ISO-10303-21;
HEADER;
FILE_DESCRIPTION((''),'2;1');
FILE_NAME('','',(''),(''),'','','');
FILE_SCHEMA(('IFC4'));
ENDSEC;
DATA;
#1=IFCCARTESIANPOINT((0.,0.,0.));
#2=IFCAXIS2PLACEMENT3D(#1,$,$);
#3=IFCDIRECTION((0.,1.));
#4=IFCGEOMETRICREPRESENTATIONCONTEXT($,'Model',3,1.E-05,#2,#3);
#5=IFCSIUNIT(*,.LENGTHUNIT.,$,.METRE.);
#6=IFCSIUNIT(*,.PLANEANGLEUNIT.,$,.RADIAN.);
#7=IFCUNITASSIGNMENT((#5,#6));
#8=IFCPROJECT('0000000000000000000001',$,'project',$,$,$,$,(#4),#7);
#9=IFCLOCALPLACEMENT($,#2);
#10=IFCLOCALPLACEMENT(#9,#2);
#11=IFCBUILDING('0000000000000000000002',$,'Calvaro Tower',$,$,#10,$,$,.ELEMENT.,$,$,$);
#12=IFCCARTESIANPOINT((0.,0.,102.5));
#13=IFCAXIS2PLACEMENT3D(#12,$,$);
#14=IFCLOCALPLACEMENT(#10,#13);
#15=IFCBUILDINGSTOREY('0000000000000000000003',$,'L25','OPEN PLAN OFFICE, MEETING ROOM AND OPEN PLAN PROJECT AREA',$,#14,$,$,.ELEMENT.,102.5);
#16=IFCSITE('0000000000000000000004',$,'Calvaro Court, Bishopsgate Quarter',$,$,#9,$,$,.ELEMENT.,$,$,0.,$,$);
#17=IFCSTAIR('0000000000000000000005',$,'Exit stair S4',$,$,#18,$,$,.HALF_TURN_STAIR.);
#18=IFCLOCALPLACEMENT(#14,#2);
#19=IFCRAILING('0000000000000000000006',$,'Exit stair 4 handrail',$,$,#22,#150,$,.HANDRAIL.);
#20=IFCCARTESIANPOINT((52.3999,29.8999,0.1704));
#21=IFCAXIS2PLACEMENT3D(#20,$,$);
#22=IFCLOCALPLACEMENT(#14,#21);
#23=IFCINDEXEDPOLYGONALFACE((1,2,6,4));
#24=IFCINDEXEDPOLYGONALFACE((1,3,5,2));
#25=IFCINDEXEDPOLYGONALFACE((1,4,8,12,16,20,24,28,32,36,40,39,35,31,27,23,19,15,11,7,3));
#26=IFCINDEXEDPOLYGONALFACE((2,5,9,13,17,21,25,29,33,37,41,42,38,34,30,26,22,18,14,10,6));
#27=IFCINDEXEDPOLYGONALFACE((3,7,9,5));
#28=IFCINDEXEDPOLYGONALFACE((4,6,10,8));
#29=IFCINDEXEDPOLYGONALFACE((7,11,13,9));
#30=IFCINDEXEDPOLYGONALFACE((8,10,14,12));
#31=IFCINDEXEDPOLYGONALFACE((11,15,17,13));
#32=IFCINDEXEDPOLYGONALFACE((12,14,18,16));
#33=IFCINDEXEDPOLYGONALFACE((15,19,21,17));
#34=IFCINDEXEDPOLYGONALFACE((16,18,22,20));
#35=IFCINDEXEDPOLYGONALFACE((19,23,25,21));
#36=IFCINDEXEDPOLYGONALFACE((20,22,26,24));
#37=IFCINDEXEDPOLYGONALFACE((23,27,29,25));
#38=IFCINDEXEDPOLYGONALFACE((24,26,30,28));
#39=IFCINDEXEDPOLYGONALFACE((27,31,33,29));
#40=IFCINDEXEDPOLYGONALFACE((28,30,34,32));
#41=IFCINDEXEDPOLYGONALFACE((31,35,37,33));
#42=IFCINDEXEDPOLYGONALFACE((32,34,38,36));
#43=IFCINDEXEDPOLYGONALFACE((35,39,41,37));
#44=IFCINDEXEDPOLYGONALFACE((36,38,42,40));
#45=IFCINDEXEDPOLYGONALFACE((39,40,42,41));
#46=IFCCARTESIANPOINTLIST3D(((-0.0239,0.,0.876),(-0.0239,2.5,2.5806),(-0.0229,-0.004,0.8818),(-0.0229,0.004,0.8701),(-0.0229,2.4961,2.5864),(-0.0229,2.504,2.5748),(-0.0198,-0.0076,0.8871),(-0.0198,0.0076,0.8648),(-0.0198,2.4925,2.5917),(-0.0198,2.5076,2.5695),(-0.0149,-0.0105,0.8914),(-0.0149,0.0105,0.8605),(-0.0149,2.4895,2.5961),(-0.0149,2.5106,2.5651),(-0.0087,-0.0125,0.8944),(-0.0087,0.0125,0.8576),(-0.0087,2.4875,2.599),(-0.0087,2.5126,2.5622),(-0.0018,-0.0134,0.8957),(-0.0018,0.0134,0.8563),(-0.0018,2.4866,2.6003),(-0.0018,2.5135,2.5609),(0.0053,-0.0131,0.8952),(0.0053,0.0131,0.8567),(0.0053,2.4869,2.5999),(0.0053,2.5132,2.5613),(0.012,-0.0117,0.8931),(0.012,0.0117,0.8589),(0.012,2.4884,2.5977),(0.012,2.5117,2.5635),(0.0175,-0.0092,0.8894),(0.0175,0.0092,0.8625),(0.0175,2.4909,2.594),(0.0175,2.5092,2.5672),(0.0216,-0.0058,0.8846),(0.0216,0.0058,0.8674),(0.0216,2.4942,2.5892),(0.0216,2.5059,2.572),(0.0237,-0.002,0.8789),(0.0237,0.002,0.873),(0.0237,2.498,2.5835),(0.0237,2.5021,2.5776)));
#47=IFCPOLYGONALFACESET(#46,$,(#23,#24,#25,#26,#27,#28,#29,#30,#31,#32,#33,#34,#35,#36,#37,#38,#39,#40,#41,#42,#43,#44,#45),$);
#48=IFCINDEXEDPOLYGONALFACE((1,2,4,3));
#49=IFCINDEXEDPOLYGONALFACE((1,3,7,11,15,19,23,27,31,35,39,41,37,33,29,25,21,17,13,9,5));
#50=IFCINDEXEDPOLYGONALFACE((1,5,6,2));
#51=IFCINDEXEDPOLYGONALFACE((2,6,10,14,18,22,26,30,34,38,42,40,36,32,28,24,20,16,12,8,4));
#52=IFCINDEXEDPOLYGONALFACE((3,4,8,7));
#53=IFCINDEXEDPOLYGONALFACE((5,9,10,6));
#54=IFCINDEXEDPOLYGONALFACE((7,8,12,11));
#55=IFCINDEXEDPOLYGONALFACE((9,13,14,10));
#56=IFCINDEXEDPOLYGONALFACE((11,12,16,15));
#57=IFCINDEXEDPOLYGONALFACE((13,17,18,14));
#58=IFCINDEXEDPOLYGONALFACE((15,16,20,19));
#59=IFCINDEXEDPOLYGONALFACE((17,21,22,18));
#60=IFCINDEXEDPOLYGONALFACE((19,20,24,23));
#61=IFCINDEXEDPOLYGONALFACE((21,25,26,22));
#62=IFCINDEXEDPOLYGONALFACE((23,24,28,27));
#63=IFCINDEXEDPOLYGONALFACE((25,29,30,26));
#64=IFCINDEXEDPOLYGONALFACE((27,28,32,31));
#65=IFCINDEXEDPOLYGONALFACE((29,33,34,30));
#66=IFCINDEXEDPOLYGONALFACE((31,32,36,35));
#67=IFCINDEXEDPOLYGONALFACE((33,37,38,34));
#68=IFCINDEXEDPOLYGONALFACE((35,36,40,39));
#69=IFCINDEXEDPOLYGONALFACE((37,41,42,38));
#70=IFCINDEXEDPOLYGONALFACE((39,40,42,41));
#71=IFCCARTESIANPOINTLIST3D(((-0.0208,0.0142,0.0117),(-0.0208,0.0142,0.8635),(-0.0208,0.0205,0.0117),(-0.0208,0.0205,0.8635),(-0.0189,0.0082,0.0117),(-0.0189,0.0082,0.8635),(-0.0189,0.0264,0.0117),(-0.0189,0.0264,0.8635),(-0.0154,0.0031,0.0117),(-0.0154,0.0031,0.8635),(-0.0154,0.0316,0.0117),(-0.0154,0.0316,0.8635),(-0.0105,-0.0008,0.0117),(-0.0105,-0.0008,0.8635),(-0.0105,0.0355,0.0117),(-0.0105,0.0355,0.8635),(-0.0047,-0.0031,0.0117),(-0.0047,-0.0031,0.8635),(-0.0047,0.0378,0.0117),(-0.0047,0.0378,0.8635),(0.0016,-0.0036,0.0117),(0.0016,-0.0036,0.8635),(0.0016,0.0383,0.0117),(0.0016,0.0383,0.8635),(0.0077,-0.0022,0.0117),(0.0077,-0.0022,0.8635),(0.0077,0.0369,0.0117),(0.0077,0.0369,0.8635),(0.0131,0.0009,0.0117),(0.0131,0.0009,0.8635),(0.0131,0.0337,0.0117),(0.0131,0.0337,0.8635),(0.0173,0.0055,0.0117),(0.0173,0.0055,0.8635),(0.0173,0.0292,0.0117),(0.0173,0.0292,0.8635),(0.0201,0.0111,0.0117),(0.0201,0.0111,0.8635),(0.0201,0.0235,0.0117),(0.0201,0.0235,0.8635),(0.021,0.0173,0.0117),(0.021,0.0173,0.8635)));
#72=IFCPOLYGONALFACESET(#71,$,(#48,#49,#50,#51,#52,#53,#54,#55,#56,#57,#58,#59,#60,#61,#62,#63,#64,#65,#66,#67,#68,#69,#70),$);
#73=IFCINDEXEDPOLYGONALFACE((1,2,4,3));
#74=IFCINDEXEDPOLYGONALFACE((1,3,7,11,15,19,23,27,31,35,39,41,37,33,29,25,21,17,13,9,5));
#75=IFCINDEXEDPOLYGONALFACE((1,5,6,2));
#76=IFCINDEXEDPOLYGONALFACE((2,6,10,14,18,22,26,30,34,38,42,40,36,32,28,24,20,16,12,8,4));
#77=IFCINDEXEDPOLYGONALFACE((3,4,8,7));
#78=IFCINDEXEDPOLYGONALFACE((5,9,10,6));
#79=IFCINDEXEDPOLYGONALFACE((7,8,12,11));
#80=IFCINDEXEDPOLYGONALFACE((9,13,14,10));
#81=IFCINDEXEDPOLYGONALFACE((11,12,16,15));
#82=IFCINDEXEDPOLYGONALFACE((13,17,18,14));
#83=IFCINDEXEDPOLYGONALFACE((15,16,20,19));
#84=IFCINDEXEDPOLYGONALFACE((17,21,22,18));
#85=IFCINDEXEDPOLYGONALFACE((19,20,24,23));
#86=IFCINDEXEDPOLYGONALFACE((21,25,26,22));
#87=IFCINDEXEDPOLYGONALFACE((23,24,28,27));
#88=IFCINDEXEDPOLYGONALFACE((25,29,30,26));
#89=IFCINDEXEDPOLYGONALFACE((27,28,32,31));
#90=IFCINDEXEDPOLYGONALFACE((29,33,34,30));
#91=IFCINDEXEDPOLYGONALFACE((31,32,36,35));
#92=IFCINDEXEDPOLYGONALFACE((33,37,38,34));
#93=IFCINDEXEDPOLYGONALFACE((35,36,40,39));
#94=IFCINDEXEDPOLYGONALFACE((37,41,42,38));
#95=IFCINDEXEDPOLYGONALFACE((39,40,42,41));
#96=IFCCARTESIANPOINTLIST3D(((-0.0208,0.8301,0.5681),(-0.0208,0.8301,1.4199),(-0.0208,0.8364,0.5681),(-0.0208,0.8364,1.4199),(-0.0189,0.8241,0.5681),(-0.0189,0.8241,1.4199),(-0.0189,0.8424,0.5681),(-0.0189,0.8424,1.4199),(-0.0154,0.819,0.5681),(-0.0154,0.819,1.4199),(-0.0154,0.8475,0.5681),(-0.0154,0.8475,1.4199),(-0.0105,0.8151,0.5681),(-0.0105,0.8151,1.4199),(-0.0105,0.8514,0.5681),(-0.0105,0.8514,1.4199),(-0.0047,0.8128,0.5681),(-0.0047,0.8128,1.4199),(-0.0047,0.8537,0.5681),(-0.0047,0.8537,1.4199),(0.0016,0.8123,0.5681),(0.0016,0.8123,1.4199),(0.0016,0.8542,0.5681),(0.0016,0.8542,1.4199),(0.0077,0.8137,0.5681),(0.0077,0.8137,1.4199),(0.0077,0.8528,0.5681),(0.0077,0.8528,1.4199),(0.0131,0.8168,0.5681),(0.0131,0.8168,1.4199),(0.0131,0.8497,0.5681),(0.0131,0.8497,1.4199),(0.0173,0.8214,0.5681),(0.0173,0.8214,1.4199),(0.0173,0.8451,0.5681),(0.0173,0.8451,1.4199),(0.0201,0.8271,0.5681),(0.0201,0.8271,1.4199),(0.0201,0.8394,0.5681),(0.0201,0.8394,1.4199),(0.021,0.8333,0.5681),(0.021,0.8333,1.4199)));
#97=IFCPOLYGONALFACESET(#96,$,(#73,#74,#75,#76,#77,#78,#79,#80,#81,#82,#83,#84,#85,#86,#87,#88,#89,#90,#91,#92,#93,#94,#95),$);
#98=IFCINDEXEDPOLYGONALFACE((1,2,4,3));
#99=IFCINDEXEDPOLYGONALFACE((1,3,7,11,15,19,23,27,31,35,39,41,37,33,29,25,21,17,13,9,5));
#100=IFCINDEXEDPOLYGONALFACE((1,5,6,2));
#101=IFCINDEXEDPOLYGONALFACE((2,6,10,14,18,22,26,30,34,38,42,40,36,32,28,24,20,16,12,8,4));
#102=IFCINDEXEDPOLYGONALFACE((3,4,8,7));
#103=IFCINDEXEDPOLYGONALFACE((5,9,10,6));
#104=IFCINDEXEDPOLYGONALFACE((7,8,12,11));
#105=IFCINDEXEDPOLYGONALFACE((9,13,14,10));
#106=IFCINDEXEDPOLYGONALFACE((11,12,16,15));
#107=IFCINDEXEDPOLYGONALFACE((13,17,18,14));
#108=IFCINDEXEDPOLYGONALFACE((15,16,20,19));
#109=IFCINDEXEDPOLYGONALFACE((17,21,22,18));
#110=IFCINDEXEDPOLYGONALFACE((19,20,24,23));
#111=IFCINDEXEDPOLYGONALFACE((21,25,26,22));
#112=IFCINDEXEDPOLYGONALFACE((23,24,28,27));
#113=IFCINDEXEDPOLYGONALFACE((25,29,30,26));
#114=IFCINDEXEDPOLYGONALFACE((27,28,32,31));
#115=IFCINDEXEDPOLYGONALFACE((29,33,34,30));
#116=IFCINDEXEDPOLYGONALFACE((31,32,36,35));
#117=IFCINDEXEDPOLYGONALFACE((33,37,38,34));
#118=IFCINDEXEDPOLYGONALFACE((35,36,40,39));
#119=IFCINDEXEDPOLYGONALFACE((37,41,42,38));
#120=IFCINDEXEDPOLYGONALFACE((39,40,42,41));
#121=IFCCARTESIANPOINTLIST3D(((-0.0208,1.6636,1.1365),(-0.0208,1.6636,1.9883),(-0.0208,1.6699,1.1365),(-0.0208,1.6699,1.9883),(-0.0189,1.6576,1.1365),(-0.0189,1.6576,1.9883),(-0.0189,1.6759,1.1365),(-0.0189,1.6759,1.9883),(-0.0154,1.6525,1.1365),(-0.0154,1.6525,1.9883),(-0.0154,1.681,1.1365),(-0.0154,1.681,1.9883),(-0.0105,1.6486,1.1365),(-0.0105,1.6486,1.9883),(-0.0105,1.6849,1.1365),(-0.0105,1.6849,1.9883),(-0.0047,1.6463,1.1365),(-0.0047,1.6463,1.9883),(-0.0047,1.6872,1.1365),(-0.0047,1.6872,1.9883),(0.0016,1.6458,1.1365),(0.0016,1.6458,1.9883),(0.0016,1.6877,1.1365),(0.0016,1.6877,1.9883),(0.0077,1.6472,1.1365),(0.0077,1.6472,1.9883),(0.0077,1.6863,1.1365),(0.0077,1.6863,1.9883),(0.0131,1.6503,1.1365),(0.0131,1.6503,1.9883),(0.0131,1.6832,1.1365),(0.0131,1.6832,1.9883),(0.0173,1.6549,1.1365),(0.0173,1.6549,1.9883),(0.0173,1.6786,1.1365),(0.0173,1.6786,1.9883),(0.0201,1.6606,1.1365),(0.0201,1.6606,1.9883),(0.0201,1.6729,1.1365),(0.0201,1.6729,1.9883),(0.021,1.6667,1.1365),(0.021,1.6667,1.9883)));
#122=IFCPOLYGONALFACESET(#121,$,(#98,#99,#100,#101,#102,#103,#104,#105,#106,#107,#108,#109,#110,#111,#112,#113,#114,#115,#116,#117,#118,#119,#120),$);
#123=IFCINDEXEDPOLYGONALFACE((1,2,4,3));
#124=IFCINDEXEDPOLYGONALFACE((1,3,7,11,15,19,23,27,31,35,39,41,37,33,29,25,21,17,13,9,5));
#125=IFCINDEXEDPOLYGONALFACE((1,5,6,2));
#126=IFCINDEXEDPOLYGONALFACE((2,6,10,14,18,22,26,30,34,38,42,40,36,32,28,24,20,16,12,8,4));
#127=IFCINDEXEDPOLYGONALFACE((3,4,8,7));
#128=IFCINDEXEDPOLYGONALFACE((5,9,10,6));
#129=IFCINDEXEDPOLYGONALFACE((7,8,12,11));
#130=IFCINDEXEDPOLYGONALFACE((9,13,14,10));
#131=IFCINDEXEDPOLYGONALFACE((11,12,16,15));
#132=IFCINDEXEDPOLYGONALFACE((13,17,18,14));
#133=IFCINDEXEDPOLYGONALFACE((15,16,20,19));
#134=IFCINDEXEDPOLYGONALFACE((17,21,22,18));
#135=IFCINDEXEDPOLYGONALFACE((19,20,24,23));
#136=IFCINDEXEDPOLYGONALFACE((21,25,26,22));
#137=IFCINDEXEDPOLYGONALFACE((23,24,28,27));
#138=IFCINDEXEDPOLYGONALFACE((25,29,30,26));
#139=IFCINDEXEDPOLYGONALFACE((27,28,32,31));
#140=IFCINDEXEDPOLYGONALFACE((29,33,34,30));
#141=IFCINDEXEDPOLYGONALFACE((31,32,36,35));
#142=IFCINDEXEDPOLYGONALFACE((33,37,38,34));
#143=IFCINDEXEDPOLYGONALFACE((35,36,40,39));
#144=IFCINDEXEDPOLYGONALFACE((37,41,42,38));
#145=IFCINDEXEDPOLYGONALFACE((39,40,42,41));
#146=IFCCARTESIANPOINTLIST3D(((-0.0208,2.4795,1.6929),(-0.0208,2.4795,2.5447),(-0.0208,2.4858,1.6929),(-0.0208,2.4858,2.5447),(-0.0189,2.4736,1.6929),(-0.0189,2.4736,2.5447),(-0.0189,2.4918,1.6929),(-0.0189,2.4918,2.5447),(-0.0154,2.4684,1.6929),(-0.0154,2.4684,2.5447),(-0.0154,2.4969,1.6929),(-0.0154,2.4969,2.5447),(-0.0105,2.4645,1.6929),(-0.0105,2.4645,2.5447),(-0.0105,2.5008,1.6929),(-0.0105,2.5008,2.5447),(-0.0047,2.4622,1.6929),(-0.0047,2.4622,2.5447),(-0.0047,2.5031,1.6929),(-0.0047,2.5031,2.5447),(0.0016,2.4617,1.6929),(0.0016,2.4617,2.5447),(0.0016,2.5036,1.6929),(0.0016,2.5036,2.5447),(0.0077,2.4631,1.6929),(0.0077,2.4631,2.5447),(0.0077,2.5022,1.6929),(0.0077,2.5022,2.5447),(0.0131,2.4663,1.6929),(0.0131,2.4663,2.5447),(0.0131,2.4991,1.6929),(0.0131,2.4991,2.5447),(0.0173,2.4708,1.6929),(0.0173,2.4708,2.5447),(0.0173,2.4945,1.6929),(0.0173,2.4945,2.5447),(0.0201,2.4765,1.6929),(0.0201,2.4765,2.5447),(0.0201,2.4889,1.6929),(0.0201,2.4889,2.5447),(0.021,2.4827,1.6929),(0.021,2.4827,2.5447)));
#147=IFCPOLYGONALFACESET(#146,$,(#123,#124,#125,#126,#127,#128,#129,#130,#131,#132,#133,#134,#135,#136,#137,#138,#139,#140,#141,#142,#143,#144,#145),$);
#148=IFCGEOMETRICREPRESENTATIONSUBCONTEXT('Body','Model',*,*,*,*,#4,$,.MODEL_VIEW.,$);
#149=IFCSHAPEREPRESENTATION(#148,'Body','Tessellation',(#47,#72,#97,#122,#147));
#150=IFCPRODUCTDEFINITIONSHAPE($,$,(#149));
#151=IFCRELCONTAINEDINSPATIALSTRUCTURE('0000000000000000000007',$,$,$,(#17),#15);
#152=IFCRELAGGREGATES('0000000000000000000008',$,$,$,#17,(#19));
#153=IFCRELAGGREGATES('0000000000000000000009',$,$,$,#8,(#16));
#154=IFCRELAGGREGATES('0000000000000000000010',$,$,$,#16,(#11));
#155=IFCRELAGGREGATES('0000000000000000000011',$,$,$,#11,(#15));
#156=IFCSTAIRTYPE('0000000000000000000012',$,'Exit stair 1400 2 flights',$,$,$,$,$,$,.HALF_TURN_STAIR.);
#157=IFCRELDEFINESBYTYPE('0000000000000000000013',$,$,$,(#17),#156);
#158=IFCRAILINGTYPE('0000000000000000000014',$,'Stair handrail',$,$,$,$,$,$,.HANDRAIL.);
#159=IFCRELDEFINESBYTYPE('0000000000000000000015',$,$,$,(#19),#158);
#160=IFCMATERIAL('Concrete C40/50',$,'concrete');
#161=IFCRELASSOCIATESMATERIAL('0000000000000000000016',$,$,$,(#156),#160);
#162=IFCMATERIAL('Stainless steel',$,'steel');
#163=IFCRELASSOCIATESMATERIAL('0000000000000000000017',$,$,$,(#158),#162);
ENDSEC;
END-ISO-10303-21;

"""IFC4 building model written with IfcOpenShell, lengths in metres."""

from ifc_helpers import new_model, si_unit, direction, frame, origin, origin_2d, place, context, subcontext, project, spatial, circle, extrude, material, type_object, element, aggregate, save


model = new_model("IFC4")

# Units and contexts
model_context = context("Model", 3, precision=1e-05, world=origin(), true_north=direction((0.0, 1.0)))
body_context = subcontext(model_context, "Body", "Model", "MODEL_VIEW")
ifc_project = project(units=[si_unit("LENGTHUNIT", "METRE"), si_unit("PLANEANGLEUNIT", "RADIAN")], contexts=[model_context])

# Site, building, storey
site_placement = place(None, origin())
site = spatial("IfcSite", under=ifc_project, at=site_placement, Name="Calvaro Court, Bishopsgate Quarter", CompositionType="ELEMENT", RefElevation=0.0)
building_placement = place(site_placement, origin())
building = spatial("IfcBuilding", under=site, at=building_placement, Name="Calvaro Tower", CompositionType="ELEMENT")
storey_placement = place(building_placement, frame((0.0, 0.0, 102.5)))
storey = spatial("IfcBuildingStorey", under=building, at=storey_placement, Name="L25", Description="OPEN PLAN OFFICE, MEETING ROOM AND OPEN PLAN PROJECT AREA", CompositionType="ELEMENT", Elevation=102.5)

# Stair
ifc_material_1 = material(Name="Concrete C40/50", Category="concrete")
stair_type = type_object("IfcStairType", Name="Exit stair 1400 2 flights", PredefinedType="HALF_TURN_STAIR", material=ifc_material_1)
stair_1_placement = place(storey_placement, origin())
stair_1 = element("IfcStair", 1, at=stair_1_placement, inside=storey, type_object=stair_type, Name="Exit stair S4", PredefinedType="HALF_TURN_STAIR")

# Railing
ifc_material_2 = material(Name="Stainless steel", Category="steel")
railing_type = type_object("IfcRailingType", Name="Stair handrail", PredefinedType="HANDRAIL", material=ifc_material_2)
railing_1_placement = place(storey_placement, frame((52.3999, 29.8999, 0.1704)))
railing_1 = element("IfcRailing", 2, at=railing_1_placement, type_object=railing_type, Name="Exit stair 4 handrail", PredefinedType="HANDRAIL", context=body_context, shape_type="SweptSolid", body=[
    extrude(circle(Radius=0.0239, at=origin_2d()), frame((0.0, 0.0, 0.876), z_axis=(0.0, 0.826221, 0.563347), x_axis=(-1.0, 0.0, 0.0)), (0.0, 0.0, 1.0), 3.0259),
    extrude(circle(Radius=0.021, at=origin_2d()), frame((0.0, 0.0173, 0.0117)), (0.0, 0.0, 1.0), 0.8518),
    extrude(circle(Radius=0.021, at=origin_2d()), frame((0.0, 0.8333, 0.5681)), (0.0, 0.0, 1.0), 0.8518),
    extrude(circle(Radius=0.021, at=origin_2d()), frame((0.0, 1.6667, 1.1365)), (0.0, 0.0, 1.0), 0.8518),
    extrude(circle(Radius=0.021, at=origin_2d()), frame((0.0, 2.4827, 1.6929)), (0.0, 0.0, 1.0), 0.8518),
])
aggregate(stair_1, [railing_1])

save(model, "model.ifc")
